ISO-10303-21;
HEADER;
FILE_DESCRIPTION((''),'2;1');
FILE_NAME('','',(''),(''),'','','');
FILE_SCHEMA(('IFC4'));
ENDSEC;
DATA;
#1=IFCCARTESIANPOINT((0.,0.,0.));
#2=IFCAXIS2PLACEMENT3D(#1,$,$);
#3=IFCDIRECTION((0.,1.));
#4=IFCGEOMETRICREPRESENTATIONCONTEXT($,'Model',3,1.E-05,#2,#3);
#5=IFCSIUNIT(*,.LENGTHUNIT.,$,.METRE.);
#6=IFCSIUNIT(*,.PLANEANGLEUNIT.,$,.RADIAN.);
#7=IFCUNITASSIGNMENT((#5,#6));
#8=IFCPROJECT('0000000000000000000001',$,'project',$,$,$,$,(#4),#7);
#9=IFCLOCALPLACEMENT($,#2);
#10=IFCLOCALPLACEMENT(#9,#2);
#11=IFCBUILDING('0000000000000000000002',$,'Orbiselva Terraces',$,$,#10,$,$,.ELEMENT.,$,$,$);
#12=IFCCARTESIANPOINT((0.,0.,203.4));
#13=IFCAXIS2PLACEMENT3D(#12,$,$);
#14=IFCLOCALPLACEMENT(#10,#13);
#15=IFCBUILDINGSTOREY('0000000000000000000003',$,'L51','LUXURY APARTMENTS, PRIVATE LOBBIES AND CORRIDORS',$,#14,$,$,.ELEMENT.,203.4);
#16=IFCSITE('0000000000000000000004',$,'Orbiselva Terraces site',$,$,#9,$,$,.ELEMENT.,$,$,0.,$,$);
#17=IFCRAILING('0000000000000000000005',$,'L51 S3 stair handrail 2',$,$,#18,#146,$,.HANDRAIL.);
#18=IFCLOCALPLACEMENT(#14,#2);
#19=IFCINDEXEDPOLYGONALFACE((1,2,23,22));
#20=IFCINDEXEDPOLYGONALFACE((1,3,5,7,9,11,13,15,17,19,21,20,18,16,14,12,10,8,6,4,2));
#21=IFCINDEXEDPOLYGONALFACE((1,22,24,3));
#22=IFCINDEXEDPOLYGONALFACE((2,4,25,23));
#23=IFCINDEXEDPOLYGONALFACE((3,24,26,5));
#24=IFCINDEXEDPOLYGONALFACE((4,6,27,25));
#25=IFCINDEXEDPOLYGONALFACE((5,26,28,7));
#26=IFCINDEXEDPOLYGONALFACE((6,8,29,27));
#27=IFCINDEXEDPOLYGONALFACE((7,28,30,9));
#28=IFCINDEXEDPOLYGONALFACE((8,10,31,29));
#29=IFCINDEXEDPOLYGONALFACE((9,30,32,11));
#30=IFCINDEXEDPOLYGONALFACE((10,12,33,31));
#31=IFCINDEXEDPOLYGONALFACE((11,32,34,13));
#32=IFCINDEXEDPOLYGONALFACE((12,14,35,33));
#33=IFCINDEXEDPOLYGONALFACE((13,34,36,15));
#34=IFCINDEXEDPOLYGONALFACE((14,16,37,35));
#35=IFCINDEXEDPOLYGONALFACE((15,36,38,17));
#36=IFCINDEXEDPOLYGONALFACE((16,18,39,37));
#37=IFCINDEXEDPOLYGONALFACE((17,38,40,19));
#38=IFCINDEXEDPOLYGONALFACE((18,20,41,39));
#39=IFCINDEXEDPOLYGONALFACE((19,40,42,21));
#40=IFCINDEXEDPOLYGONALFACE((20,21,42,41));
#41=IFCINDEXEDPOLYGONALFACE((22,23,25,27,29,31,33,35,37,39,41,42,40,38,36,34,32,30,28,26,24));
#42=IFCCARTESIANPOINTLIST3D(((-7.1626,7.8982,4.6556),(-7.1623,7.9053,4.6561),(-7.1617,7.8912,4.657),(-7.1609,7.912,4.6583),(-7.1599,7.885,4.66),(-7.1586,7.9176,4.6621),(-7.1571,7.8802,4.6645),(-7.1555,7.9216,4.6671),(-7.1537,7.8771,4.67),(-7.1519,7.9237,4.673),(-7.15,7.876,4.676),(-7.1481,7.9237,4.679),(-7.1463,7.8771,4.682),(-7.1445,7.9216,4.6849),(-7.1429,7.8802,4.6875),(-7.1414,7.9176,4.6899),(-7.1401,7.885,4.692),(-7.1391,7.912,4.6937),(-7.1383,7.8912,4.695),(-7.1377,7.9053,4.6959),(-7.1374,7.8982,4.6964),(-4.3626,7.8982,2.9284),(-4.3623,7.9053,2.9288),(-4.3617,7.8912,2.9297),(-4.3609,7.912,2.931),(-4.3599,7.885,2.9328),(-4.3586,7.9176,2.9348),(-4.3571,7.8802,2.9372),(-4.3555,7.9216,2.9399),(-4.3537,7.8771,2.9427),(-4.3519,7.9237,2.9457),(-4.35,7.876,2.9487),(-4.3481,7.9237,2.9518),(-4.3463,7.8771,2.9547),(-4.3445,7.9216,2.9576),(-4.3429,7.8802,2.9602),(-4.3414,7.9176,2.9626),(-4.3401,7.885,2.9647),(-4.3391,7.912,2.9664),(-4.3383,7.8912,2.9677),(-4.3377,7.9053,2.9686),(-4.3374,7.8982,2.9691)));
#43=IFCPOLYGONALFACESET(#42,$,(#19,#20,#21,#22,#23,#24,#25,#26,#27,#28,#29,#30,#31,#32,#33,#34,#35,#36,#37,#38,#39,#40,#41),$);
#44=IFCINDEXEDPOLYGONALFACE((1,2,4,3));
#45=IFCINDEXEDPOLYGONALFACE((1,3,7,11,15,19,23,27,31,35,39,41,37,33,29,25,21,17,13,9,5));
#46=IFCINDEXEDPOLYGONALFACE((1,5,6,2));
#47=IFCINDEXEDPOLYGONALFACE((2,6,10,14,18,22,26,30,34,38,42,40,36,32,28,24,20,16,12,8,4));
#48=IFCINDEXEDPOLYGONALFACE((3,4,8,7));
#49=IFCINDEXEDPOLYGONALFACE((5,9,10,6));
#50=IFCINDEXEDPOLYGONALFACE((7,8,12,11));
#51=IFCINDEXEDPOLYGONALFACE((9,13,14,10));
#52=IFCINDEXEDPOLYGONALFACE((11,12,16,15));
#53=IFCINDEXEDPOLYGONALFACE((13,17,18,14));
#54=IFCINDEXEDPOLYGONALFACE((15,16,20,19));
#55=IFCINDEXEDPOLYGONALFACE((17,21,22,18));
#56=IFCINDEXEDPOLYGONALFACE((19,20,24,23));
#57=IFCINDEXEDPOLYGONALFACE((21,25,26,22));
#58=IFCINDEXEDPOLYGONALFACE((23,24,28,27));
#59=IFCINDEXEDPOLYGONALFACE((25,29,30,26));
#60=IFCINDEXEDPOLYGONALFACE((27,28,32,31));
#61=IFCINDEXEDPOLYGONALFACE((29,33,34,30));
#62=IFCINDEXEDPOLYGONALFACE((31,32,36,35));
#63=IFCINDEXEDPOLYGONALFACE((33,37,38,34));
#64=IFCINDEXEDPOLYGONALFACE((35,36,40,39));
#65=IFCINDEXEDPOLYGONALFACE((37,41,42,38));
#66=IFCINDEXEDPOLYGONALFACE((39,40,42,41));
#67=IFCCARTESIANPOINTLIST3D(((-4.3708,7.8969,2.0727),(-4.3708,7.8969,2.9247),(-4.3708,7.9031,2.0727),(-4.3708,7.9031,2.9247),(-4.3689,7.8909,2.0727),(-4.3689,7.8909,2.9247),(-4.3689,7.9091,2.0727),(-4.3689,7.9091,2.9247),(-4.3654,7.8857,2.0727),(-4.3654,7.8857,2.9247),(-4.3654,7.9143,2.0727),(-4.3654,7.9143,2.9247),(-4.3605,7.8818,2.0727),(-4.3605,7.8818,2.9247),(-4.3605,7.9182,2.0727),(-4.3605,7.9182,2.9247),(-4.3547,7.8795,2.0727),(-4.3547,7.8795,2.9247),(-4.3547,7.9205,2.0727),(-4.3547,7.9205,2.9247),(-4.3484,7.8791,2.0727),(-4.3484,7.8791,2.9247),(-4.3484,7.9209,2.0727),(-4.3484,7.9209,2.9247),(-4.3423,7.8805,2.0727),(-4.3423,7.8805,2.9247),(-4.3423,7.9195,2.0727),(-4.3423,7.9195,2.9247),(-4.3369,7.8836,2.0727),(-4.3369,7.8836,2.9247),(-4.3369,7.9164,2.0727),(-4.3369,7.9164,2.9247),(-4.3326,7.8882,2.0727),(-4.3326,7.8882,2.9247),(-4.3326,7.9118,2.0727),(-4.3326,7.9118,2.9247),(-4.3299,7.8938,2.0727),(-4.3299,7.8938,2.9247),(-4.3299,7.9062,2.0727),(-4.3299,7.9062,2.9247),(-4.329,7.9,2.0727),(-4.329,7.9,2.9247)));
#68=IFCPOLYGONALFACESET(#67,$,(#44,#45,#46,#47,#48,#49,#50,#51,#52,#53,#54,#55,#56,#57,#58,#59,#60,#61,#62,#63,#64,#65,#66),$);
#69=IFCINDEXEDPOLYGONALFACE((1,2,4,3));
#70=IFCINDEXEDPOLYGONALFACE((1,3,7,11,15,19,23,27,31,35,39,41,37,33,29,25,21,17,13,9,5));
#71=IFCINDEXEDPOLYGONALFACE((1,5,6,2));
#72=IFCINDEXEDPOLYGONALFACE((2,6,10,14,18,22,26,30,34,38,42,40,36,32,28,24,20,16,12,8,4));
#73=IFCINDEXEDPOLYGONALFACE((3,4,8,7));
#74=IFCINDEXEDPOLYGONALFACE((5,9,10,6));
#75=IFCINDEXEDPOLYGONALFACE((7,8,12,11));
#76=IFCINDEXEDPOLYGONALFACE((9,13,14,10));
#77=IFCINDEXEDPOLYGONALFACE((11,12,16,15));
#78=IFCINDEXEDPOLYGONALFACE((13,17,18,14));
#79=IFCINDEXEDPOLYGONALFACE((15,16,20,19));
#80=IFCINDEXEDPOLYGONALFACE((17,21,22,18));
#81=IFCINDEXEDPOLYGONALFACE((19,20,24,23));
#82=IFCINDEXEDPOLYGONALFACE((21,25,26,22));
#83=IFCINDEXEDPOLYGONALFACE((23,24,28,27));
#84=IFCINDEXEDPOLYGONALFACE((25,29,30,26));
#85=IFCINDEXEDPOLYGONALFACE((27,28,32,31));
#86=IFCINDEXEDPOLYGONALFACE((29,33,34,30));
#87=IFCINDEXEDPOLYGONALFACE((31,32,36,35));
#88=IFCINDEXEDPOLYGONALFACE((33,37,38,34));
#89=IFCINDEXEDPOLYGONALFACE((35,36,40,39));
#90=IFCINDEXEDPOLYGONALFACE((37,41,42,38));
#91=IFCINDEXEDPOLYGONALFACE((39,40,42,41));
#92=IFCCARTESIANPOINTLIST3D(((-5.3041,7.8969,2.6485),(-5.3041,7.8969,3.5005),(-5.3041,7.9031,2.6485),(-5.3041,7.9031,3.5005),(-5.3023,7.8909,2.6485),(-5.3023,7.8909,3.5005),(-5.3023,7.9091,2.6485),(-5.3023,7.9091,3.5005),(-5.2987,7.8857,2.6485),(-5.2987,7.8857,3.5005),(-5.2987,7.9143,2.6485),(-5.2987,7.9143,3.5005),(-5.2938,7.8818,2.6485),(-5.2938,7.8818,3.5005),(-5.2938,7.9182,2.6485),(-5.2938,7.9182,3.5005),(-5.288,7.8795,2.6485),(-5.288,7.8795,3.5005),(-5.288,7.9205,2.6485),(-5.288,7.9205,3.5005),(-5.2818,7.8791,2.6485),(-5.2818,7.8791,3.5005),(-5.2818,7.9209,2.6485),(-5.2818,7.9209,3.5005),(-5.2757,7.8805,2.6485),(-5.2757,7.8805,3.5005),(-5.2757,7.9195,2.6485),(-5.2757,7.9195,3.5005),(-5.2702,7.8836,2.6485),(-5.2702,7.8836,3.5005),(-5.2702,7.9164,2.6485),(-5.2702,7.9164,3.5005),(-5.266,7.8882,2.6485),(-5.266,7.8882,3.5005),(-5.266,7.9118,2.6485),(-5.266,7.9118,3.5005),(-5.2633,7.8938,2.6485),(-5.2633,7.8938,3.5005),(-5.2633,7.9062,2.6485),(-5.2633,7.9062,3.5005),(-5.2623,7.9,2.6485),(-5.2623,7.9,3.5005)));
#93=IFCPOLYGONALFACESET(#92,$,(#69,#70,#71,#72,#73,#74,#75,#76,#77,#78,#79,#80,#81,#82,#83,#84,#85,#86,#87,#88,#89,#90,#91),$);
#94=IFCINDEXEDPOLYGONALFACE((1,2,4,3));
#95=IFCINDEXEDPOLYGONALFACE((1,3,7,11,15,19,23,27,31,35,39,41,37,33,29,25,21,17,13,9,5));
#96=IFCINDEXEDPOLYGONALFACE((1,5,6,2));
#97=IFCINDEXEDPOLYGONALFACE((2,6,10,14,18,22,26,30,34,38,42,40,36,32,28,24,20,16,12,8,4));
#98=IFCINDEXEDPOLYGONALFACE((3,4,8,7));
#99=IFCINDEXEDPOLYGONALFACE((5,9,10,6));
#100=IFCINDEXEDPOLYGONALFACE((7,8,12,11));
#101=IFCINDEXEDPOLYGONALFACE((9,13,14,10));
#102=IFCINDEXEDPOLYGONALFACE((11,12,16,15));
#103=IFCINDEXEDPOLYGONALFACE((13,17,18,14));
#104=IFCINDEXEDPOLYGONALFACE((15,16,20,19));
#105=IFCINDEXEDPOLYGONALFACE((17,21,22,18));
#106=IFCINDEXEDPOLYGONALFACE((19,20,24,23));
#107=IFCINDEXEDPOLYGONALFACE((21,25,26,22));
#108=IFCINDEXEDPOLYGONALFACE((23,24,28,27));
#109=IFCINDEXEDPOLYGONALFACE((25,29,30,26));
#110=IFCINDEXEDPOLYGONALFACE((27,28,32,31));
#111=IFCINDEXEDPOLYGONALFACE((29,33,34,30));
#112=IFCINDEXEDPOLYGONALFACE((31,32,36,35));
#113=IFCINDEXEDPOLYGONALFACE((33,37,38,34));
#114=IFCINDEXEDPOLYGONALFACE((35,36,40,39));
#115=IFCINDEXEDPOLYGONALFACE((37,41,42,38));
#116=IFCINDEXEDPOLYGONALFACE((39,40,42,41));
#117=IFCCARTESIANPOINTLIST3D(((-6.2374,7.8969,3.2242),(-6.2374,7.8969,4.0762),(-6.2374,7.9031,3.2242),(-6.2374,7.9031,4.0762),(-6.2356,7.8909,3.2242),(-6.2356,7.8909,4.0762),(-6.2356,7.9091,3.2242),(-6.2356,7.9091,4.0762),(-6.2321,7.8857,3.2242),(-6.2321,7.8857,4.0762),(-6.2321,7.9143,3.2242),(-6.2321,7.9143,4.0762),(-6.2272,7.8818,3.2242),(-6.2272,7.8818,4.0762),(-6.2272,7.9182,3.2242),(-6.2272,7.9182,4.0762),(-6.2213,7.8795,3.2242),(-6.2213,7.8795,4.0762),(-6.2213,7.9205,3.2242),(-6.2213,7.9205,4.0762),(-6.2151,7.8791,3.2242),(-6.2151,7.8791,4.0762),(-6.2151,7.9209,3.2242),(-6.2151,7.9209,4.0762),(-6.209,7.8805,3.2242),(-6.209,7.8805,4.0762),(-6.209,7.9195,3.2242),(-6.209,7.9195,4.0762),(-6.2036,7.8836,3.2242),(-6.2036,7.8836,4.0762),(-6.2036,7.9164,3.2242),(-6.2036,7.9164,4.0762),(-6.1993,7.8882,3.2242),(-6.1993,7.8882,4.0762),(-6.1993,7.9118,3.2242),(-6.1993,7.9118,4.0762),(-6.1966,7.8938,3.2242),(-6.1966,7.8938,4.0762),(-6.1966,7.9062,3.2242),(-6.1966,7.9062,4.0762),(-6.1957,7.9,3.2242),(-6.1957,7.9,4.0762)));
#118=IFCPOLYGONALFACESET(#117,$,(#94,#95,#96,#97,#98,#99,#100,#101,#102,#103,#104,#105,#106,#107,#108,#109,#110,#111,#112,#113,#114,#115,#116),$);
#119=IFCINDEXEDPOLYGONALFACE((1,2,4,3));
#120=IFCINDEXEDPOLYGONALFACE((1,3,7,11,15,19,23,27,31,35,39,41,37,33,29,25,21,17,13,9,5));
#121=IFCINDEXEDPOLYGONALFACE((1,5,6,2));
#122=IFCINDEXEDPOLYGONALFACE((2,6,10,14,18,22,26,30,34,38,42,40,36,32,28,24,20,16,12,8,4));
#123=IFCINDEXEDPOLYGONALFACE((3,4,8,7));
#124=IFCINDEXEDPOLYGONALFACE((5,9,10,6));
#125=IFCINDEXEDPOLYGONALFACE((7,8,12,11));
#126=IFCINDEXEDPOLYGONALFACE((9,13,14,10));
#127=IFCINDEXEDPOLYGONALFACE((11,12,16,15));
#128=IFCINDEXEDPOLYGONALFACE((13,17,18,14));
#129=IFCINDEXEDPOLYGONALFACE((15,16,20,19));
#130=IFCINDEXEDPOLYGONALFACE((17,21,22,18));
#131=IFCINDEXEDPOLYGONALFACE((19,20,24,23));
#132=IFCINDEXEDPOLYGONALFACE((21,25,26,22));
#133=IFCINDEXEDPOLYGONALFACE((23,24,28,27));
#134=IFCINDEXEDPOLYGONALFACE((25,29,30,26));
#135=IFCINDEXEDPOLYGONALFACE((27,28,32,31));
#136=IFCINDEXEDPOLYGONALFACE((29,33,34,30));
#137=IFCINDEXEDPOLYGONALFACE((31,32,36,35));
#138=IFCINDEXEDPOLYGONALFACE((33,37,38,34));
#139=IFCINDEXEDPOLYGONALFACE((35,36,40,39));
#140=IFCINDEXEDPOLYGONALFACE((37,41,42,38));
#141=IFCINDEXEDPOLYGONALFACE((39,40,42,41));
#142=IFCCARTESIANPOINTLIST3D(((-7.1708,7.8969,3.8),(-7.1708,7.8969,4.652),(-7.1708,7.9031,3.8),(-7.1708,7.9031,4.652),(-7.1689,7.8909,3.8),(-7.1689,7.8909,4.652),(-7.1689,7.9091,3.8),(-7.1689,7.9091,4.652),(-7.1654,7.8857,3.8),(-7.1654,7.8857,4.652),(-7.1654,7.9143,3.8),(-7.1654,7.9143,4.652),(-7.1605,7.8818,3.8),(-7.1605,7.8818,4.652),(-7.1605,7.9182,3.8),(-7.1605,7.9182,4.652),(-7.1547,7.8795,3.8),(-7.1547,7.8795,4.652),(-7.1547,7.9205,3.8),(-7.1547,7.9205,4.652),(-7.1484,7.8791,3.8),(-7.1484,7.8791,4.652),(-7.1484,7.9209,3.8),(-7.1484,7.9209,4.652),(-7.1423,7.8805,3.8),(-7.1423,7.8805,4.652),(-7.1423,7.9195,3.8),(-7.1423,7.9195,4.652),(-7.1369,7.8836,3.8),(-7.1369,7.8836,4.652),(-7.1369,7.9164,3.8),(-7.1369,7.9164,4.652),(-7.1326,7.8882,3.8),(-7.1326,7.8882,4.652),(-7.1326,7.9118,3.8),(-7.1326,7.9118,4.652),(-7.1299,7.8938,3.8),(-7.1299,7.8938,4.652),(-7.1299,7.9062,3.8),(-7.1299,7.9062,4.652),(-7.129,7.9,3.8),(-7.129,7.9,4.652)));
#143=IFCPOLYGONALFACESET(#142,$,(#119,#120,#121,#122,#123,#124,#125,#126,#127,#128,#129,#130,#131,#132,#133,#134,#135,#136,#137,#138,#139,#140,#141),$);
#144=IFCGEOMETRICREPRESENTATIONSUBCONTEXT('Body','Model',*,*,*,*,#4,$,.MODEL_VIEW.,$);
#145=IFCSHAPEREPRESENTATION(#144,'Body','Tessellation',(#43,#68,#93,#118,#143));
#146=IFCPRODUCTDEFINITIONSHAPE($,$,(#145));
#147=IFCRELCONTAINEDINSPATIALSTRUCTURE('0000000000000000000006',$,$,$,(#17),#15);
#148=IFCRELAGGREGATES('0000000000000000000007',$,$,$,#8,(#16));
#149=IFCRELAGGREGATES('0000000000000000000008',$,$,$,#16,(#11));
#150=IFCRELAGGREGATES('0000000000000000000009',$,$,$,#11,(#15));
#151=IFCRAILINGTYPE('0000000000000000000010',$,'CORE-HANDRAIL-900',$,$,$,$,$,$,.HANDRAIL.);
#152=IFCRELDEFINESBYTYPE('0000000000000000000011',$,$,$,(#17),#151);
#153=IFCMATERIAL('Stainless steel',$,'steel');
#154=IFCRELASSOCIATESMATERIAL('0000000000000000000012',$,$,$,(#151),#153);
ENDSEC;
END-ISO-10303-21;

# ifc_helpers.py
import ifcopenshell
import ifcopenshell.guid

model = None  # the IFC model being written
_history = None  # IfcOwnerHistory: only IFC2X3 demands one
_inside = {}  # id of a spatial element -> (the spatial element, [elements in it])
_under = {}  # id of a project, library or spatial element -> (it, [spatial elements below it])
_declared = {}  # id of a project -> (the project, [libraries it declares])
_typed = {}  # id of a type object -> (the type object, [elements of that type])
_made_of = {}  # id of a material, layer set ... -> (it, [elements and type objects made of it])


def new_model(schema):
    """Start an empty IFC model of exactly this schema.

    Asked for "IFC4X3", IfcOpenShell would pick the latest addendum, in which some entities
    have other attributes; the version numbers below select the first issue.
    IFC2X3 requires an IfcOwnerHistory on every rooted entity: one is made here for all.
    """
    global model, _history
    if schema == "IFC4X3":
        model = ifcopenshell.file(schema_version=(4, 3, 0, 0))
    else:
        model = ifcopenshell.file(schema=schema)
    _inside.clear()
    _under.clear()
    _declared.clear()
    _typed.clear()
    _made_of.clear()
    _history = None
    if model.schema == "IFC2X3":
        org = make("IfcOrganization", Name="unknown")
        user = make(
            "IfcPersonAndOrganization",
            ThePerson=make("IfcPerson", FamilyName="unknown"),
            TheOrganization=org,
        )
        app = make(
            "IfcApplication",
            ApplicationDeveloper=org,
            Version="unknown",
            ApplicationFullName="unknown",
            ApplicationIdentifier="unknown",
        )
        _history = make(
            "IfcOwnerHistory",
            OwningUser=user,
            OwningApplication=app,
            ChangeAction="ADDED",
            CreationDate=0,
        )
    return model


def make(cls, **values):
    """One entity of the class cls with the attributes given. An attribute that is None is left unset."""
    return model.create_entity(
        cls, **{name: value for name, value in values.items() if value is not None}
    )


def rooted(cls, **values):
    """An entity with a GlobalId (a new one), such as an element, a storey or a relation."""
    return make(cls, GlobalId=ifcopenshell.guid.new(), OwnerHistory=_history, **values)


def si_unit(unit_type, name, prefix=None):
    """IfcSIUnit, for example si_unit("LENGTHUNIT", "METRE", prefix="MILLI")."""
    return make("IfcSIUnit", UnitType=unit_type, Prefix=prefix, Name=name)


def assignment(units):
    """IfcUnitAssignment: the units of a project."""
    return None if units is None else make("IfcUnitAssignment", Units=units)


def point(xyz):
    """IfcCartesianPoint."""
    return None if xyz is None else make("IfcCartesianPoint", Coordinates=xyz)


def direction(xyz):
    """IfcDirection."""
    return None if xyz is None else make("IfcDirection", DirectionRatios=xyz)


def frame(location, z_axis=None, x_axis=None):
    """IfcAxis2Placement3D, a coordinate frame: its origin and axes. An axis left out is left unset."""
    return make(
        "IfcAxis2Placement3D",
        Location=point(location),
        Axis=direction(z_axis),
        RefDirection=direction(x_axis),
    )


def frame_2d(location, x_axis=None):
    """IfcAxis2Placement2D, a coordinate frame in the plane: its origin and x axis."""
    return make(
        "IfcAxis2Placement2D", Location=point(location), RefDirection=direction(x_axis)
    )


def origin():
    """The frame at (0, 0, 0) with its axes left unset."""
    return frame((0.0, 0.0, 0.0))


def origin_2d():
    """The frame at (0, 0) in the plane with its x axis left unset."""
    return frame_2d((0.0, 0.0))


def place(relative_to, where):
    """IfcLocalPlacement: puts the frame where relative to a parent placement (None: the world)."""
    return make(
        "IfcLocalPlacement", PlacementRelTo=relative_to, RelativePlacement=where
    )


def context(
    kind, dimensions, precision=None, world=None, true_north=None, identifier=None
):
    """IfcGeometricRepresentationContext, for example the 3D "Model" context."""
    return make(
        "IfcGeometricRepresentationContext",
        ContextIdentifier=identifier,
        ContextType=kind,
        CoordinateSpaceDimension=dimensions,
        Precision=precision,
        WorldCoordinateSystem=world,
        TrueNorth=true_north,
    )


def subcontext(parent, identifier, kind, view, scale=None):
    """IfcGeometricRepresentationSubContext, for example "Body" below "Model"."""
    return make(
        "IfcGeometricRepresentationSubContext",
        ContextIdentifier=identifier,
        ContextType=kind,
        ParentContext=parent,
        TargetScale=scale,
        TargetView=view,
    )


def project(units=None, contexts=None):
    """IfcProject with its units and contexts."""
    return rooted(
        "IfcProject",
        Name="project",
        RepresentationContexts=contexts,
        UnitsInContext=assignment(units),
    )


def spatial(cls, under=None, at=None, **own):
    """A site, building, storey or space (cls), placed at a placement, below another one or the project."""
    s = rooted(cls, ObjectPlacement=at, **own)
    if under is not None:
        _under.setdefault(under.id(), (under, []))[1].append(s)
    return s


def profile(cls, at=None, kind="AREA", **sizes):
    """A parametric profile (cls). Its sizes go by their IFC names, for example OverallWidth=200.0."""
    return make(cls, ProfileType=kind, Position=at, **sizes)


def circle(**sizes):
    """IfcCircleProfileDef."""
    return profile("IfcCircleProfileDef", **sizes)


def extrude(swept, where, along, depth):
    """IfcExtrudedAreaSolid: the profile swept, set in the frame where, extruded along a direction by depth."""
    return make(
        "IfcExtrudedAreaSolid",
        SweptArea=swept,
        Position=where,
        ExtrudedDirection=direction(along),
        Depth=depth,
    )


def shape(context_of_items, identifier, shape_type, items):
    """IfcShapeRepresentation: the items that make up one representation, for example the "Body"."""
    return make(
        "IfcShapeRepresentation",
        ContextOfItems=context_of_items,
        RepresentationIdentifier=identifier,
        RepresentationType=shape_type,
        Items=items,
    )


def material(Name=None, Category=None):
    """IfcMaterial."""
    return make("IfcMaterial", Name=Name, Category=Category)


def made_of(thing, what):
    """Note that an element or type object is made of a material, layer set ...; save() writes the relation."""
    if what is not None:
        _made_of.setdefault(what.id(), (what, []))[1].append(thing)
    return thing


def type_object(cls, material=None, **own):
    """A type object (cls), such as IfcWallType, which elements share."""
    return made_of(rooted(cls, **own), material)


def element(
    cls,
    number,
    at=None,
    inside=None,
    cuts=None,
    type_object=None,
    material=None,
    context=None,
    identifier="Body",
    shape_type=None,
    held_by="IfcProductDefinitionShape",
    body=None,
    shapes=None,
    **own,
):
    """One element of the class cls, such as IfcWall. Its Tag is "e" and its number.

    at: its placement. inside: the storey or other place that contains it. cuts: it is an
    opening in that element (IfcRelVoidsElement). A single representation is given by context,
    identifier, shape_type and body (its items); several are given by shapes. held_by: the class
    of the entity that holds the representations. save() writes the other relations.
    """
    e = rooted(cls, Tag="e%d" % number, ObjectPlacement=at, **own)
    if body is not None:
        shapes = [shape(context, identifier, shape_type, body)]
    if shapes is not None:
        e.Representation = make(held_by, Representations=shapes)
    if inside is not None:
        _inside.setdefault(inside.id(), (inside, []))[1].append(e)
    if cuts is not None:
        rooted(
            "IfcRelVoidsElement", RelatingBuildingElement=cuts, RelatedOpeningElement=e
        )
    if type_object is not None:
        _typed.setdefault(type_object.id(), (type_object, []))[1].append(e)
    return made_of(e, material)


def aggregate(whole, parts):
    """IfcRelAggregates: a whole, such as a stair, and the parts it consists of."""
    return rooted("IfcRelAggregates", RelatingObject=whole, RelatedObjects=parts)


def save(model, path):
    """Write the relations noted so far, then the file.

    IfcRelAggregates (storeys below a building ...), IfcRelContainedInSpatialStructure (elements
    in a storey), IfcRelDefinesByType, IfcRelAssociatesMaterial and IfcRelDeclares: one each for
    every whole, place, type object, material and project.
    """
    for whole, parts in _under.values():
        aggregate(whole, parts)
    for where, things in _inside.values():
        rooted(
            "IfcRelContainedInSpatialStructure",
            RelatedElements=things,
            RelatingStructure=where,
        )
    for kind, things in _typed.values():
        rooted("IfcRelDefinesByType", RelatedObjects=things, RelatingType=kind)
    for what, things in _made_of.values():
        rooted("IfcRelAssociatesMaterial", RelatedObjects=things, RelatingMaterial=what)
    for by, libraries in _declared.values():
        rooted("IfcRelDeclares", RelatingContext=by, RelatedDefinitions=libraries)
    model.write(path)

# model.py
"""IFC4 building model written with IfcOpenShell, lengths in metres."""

from ifc_helpers import new_model, si_unit, direction, frame, origin, origin_2d, place, context, subcontext, project, spatial, circle, extrude, material, type_object, element, save


model = new_model("IFC4")

# Units and contexts
model_context = context("Model", 3, precision=1e-05, world=origin(), true_north=direction((0.0, 1.0)))
body_context = subcontext(model_context, "Body", "Model", "MODEL_VIEW")
ifc_project = project(units=[si_unit("LENGTHUNIT", "METRE"), si_unit("PLANEANGLEUNIT", "RADIAN")], contexts=[model_context])

# Site, building, storey
site_placement = place(None, origin())
site = spatial("IfcSite", under=ifc_project, at=site_placement, Name="Orbiselva Terraces site", CompositionType="ELEMENT", RefElevation=0.0)
building_placement = place(site_placement, origin())
building = spatial("IfcBuilding", under=site, at=building_placement, Name="Orbiselva Terraces", CompositionType="ELEMENT")
storey_placement = place(building_placement, frame((0.0, 0.0, 203.4)))
storey = spatial("IfcBuildingStorey", under=building, at=storey_placement, Name="L51", Description="LUXURY APARTMENTS, PRIVATE LOBBIES AND CORRIDORS", CompositionType="ELEMENT", Elevation=203.4)

# Railing
ifc_material_1 = material(Name="Stainless steel", Category="steel")
railing_type_1 = type_object("IfcRailingType", Name="CORE-HANDRAIL-900", PredefinedType="HANDRAIL", material=ifc_material_1)
railing_1_placement = place(storey_placement, frame((-4.35, 7.9, 2.0727)))
element("IfcRailing", 1, at=railing_1_placement, inside=storey, type_object=railing_type_1, Name="L51 S3 stair handrail 2", PredefinedType="HANDRAIL", context=body_context, shape_type="SweptSolid", body=[
    extrude(circle(Radius=0.024, at=origin_2d()), frame((0.0, 0.0, 0.876), z_axis=(-0.851089, 0.0, 0.525022), x_axis=(0.0, -1.0, 0.0)), (0.0, 0.0, 1.0), 3.2899),
    extrude(circle(Radius=0.021, at=origin_2d()), origin(), (0.0, 0.0, 1.0), 0.852),
    extrude(circle(Radius=0.021, at=origin_2d()), frame((-0.9333, 0.0, 0.5758)), (0.0, 0.0, 1.0), 0.852),
    extrude(circle(Radius=0.021, at=origin_2d()), frame((-1.8667, 0.0, 1.1515)), (0.0, 0.0, 1.0), 0.852),
    extrude(circle(Radius=0.021, at=origin_2d()), frame((-2.8, 0.0, 1.7273)), (0.0, 0.0, 1.0), 0.852),
])

save(model, "model.ifc")
